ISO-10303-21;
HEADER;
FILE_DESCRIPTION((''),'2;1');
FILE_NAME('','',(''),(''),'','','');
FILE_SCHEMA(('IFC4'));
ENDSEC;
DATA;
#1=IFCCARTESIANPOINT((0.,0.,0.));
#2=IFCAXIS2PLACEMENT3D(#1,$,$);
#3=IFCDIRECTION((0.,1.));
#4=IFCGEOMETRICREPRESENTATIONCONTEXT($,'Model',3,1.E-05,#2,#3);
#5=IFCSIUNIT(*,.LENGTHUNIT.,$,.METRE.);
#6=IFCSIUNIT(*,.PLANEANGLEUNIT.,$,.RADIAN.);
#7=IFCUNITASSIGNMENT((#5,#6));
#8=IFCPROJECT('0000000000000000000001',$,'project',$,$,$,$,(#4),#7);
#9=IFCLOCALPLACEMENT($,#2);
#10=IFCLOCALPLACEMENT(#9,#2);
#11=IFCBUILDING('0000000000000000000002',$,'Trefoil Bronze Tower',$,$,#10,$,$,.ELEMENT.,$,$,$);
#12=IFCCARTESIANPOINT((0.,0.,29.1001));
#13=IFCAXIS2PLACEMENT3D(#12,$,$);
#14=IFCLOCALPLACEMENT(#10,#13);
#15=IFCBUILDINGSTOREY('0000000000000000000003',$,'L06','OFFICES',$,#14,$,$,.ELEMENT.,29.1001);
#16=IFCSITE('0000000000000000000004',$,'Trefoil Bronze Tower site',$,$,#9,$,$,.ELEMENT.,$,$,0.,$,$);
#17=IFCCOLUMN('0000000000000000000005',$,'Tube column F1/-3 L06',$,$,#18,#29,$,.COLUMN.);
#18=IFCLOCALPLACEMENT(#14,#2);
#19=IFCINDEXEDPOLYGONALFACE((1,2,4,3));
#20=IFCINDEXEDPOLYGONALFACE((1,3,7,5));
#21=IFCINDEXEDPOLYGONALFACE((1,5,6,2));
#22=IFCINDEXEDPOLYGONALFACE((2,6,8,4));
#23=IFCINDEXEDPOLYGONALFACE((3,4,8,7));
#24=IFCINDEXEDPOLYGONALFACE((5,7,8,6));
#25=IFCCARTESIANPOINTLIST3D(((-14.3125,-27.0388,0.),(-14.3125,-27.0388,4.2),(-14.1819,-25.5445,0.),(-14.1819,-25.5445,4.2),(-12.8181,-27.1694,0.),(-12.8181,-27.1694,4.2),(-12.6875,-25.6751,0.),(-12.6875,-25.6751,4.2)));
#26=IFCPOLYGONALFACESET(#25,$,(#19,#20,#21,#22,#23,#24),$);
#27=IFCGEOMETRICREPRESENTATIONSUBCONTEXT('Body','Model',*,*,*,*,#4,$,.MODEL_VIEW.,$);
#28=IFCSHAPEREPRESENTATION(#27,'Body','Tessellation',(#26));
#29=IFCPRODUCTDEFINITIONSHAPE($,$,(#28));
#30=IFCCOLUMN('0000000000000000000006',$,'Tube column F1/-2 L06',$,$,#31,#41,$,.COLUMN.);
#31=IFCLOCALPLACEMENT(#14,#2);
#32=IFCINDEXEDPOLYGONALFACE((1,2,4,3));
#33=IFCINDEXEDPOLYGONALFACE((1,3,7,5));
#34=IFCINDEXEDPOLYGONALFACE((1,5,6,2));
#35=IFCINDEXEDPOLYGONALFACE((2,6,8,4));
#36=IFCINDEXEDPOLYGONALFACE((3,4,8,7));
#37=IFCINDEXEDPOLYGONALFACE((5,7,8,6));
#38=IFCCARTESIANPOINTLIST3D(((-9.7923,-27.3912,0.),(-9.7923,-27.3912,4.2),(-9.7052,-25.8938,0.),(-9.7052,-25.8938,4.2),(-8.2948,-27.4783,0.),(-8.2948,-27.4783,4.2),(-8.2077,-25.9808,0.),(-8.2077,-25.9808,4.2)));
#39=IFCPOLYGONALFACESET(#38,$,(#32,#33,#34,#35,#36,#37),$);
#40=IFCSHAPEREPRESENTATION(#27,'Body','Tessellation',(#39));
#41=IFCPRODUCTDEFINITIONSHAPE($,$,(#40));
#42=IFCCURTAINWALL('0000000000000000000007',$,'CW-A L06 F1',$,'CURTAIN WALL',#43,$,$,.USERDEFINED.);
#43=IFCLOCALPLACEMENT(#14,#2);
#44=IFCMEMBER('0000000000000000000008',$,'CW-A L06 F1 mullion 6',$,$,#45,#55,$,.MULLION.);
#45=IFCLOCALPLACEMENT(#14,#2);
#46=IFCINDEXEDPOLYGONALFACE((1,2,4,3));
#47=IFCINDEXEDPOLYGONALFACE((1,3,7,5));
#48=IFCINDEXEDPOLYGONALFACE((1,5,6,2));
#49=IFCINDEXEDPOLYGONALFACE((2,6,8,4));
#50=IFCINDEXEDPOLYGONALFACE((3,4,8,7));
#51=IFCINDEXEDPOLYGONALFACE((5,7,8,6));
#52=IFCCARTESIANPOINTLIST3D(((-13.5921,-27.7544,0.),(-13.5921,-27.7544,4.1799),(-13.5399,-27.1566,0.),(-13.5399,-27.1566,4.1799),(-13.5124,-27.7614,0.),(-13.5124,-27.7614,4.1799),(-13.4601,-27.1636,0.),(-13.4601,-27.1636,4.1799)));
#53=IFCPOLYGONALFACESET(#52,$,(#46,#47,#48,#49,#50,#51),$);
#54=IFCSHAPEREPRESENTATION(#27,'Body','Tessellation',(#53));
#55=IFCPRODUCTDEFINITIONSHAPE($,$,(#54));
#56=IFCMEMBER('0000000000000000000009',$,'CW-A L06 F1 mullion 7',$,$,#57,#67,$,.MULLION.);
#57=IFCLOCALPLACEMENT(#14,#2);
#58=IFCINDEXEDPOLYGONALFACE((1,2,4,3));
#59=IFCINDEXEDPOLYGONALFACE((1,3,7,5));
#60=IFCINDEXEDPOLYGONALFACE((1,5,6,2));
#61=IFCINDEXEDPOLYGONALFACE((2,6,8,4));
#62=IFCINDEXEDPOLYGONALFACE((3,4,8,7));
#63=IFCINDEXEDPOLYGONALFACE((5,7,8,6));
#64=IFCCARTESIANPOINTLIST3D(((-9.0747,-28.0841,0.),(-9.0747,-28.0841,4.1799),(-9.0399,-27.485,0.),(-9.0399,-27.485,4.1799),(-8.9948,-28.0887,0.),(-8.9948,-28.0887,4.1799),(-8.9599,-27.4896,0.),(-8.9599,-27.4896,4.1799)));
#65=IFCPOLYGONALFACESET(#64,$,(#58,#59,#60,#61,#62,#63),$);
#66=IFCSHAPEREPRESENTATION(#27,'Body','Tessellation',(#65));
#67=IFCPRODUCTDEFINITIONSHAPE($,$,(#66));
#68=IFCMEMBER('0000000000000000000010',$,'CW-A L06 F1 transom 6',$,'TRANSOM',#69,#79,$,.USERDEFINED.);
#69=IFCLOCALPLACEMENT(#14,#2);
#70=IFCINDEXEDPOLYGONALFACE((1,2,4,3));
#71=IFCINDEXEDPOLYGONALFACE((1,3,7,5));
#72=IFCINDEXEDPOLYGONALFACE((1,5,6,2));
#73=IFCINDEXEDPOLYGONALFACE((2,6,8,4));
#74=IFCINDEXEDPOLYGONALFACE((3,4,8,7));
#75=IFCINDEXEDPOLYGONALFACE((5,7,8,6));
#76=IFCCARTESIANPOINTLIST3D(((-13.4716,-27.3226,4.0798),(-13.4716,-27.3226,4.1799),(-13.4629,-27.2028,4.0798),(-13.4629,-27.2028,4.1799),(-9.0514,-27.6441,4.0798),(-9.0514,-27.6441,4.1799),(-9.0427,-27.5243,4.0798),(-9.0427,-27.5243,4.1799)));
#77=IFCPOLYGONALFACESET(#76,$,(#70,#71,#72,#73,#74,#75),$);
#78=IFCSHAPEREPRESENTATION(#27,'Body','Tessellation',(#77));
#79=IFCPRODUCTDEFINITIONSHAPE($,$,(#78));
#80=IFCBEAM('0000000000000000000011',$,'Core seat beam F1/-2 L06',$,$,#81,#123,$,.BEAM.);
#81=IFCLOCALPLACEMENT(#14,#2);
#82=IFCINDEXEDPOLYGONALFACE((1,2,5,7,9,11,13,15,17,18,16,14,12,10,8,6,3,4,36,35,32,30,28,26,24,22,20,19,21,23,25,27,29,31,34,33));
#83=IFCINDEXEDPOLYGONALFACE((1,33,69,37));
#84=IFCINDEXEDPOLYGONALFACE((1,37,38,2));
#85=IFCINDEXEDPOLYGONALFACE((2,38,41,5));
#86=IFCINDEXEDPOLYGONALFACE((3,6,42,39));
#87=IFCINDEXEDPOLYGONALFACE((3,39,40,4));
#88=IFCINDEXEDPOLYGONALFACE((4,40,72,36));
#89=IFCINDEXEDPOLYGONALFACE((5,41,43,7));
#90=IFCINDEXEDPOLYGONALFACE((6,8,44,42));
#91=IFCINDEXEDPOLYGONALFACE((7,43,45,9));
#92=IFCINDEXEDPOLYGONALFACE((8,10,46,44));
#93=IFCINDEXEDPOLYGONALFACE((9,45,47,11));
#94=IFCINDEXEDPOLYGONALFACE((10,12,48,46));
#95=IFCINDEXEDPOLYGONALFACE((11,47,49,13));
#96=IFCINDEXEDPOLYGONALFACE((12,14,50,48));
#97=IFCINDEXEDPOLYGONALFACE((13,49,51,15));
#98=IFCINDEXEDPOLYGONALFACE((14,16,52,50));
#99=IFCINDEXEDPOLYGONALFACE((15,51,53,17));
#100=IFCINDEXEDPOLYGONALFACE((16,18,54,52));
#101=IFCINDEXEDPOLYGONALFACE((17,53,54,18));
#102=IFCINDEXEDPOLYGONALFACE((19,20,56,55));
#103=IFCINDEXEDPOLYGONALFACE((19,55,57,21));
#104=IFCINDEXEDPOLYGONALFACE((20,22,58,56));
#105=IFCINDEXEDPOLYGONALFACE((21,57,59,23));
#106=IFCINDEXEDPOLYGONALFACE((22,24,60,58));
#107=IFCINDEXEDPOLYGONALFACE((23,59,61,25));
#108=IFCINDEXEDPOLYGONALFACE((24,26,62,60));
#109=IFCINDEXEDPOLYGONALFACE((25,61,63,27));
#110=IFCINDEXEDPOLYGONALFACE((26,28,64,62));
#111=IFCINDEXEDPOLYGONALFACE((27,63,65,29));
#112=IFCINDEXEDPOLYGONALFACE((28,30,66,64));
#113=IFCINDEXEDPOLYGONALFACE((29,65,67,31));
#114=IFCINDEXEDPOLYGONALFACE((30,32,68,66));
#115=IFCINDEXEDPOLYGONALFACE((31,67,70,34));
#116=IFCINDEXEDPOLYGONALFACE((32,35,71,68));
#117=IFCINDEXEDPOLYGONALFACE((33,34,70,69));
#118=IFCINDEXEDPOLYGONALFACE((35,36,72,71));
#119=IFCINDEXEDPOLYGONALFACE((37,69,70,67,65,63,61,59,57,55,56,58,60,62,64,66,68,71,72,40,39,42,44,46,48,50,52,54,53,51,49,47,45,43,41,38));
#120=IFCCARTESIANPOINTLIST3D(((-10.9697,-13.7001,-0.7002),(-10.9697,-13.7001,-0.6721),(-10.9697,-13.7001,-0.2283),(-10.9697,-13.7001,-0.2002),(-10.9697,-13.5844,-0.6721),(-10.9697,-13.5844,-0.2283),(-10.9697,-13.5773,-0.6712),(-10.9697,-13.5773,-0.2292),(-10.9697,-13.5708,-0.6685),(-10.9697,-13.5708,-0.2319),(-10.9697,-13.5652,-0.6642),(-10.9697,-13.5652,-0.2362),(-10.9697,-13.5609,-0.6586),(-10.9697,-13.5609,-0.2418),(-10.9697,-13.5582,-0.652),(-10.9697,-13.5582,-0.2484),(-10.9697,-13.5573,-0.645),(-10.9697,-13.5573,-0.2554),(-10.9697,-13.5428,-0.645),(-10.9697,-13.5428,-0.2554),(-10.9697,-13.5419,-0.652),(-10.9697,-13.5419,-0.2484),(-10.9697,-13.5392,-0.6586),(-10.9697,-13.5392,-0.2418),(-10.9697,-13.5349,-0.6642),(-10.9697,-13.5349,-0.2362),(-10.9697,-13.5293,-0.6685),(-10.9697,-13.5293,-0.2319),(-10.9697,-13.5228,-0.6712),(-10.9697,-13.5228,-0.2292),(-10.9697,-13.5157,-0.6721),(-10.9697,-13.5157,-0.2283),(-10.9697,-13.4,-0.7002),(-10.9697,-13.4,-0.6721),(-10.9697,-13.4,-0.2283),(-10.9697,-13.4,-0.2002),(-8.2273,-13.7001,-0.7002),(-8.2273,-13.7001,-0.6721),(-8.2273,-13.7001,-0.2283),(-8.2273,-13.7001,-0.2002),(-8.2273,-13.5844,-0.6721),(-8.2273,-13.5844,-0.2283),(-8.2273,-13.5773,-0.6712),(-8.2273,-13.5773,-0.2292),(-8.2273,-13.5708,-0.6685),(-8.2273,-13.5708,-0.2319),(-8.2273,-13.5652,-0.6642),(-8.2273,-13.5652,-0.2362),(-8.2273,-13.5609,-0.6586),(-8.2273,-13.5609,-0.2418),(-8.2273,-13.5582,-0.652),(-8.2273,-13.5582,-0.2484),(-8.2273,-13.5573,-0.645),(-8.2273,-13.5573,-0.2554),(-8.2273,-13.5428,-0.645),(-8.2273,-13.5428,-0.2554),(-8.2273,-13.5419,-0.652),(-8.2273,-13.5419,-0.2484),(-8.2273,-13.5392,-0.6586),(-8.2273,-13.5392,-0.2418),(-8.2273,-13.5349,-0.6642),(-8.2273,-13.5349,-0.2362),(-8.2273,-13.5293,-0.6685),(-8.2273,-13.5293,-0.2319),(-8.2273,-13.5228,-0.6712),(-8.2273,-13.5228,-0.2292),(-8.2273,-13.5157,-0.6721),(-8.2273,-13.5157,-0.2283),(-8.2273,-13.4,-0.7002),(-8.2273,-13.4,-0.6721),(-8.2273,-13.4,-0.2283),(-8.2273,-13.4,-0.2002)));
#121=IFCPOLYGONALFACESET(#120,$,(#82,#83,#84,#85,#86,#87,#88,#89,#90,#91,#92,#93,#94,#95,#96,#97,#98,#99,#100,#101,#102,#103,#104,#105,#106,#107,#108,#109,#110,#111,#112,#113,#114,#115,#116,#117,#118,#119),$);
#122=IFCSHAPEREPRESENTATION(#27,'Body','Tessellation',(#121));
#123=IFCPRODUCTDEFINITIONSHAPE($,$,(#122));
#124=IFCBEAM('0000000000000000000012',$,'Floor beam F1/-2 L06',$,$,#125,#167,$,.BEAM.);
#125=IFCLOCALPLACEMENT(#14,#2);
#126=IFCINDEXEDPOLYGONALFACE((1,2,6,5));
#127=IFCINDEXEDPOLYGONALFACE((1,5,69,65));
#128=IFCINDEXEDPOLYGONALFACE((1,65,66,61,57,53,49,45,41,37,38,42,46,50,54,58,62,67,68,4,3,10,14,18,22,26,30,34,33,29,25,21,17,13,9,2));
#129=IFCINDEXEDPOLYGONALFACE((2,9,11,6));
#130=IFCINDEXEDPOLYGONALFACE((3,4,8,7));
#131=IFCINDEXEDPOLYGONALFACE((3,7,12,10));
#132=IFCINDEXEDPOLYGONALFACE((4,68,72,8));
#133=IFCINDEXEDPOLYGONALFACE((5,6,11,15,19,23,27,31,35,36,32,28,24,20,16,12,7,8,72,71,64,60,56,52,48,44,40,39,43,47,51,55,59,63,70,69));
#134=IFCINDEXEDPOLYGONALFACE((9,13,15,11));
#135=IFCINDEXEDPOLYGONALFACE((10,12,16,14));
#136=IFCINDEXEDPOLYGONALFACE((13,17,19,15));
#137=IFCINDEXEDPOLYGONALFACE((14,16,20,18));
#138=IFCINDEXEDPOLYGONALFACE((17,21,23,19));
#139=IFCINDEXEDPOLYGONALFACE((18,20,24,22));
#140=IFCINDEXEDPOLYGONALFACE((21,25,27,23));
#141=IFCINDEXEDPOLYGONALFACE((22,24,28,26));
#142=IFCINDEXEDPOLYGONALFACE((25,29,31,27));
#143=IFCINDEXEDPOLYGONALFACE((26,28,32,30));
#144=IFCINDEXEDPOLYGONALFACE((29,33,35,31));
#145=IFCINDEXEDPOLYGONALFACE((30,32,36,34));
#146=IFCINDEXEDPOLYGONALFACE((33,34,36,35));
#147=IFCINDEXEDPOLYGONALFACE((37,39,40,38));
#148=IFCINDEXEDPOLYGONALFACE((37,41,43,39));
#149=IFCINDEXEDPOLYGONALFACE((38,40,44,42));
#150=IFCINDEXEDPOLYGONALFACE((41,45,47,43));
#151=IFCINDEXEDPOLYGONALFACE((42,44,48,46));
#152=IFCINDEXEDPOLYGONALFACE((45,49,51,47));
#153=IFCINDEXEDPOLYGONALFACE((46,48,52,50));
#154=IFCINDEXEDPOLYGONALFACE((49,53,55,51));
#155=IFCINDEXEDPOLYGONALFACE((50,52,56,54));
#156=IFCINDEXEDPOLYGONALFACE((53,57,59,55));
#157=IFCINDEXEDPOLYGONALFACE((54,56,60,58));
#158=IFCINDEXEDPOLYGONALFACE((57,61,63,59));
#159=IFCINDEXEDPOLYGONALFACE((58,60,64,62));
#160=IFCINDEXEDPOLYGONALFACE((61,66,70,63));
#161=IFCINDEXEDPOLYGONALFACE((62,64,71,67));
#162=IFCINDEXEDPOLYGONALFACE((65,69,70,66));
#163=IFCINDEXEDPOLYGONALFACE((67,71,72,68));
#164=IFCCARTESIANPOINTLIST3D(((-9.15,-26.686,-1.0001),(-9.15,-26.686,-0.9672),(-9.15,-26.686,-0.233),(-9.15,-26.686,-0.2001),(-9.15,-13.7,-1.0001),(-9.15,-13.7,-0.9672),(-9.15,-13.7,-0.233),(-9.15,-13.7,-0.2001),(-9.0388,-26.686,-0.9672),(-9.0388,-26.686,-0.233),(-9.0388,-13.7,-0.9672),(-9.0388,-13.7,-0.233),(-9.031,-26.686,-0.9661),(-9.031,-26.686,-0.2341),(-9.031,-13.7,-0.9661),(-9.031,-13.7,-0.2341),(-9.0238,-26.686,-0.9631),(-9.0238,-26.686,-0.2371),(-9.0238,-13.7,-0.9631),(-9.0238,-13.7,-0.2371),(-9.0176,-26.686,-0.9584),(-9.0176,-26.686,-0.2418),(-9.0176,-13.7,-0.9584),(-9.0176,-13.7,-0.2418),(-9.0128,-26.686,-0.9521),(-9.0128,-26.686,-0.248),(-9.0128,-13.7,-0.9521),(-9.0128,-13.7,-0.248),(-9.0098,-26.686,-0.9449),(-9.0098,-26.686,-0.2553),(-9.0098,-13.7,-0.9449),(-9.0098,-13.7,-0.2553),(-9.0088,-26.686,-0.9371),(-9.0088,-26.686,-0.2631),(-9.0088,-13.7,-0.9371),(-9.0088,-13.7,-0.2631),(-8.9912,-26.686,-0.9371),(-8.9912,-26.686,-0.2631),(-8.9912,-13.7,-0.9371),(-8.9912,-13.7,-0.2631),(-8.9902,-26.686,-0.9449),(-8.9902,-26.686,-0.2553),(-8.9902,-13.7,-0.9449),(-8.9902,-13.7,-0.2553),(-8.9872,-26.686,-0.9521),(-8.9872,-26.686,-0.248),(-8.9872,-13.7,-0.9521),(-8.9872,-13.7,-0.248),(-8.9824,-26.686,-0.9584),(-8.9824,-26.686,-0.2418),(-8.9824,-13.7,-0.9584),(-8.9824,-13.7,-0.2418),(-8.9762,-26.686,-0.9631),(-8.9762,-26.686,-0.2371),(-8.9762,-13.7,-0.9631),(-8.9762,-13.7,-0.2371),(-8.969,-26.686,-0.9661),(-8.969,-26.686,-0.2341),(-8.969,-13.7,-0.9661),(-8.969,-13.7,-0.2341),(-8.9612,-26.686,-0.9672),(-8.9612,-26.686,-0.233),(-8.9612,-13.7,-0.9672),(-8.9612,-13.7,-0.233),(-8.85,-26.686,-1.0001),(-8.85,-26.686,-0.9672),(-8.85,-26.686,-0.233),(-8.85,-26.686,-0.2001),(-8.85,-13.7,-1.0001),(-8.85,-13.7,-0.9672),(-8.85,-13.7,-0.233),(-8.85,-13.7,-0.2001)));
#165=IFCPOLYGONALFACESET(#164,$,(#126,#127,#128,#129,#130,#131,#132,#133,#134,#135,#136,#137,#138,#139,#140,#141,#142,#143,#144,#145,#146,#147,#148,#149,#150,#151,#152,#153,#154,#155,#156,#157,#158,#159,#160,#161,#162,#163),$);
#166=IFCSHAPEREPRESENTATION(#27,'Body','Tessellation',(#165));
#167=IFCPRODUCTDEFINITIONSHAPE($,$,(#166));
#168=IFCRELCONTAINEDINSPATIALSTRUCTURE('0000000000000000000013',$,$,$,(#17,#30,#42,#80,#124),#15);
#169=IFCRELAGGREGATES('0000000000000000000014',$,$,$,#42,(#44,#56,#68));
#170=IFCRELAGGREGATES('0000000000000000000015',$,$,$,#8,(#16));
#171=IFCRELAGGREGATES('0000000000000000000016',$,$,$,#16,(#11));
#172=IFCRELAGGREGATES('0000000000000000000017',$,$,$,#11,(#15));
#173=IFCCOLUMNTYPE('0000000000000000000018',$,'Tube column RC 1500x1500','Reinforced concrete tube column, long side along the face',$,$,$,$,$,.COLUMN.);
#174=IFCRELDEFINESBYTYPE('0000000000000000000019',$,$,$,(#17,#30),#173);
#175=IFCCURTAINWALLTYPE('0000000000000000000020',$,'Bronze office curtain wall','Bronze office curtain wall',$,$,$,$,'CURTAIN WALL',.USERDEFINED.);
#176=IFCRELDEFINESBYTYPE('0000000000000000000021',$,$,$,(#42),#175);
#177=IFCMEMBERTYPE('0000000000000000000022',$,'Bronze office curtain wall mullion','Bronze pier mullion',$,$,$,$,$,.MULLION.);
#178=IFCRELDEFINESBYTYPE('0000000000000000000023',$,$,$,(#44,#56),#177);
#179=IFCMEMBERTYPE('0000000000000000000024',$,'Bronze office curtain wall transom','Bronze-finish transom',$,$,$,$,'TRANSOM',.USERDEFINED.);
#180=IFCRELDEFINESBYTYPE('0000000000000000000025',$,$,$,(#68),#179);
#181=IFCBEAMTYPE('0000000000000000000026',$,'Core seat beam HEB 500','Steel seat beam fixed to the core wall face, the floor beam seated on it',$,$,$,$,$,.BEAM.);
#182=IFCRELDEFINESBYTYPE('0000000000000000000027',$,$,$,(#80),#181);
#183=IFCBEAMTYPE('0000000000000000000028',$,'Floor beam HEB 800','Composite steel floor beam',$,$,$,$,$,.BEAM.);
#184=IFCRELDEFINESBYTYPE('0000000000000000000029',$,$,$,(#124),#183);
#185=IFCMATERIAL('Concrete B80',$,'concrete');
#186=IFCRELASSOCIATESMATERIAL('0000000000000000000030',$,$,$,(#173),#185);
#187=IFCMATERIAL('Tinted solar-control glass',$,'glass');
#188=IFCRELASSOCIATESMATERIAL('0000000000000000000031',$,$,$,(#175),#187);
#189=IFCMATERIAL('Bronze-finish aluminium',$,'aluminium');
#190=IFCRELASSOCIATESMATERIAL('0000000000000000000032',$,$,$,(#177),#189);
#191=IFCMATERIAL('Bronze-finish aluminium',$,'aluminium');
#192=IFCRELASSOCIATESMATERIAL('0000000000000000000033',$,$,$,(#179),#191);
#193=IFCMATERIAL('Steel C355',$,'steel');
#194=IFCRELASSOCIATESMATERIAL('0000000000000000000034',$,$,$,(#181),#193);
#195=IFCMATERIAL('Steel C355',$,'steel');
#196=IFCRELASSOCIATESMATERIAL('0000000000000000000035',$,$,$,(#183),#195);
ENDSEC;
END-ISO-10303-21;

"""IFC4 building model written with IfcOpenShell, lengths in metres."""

from ifc_helpers import new_model, si_unit, direction, frame, origin, origin_2d, place, context, subcontext, project, spatial, rectangle, i_section, extrude, material, material_profile, profile_set, type_object, element, aggregate, save


model = new_model("IFC4")

# Units and contexts
model_context = context("Model", 3, precision=1e-05, world=origin(), true_north=direction((0.0, 1.0)))
body_context = subcontext(model_context, "Body", "Model", "MODEL_VIEW")
ifc_project = project(units=[si_unit("LENGTHUNIT", "METRE"), si_unit("PLANEANGLEUNIT", "RADIAN")], contexts=[model_context])

# Site, building, storey
site_placement = place(None, origin())
site = spatial("IfcSite", under=ifc_project, at=site_placement, Name="Trefoil Bronze Tower site", CompositionType="ELEMENT", RefElevation=0.0)
building_placement = place(site_placement, origin())
building = spatial("IfcBuilding", under=site, at=building_placement, Name="Trefoil Bronze Tower", CompositionType="ELEMENT")
storey_placement = place(building_placement, frame((0.0, 0.0, 29.1001)))
storey = spatial("IfcBuildingStorey", under=building, at=storey_placement, Name="L06", Description="OFFICES", CompositionType="ELEMENT", Elevation=29.1001)

# Columns
ifc_material_1 = material(Name="Concrete B80", Category="concrete")
ifc_material_profile_1 = material_profile(ifc_material_1, rectangle(XDim=1.5, YDim=1.5, at=origin_2d()), Name="RC 1500x1500")
ifc_profile_set_1 = profile_set([ifc_material_profile_1], Name="Concrete B80")
column_type = type_object("IfcColumnType", Name="Tube column RC 1500x1500", Description="Reinforced concrete tube column, long side along the face", PredefinedType="COLUMN", material=ifc_profile_set_1)
for number, where, z_axis, x_axis, name in (
    (1, (-13.5, -26.3569, 0.0), (0.0, 0.0, 1.0), (0.996203, -0.087065, 0.0), "Tube column F1/-3 L06"),
    (2, (-9.0, -26.686, 0.0), (0.0, 0.0, 1.0), (0.998314, -0.058043, 0.0), "Tube column F1/-2 L06"),
):
    element("IfcColumn", number, at=place(storey_placement, frame(where, z_axis=z_axis, x_axis=x_axis)), inside=storey, type_object=column_type, Name=name, PredefinedType="COLUMN", context=body_context, shape_type="SweptSolid", body=[
        extrude(rectangle(XDim=1.5, YDim=1.5, at=origin_2d()), origin(), (0.0, 0.0, 1.0), 4.2),
    ])

# Curtain wall, members
ifc_material_2 = material(Name="Tinted solar-control glass", Category="glass")
curtain_wall_type = type_object("IfcCurtainWallType", Name="Bronze office curtain wall", Description="Bronze office curtain wall", ElementType="CURTAIN WALL", PredefinedType="USERDEFINED", material=ifc_material_2)
curtain_wall_placement = place(storey_placement, origin())
curtain_wall = element("IfcCurtainWall", 3, at=curtain_wall_placement, inside=storey, type_object=curtain_wall_type, Name="CW-A L06 F1", ObjectType="CURTAIN WALL", PredefinedType="USERDEFINED")
ifc_material_3 = material(Name="Bronze-finish aluminium", Category="aluminium")
ifc_material_profile_2 = material_profile(ifc_material_3, rectangle(XDim=0.6001, YDim=0.0801, at=origin_2d()), Name="CW-A mullion")
ifc_profile_set_2 = profile_set([ifc_material_profile_2], Name="Bronze-finish aluminium")
member_type_1 = type_object("IfcMemberType", Name="Bronze office curtain wall mullion", Description="Bronze pier mullion", PredefinedType="MULLION", material=ifc_profile_set_2)
member_1_placement = place(storey_placement, frame((-13.5261, -27.459, 0.0), z_axis=(0.0, 0.0, 1.0), x_axis=(0.087065, 0.996203, 0.0)))
member_1 = element("IfcMember", 4, at=member_1_placement, type_object=member_type_1, Name="CW-A L06 F1 mullion 6", PredefinedType="MULLION", context=body_context, shape_type="SweptSolid", body=[
    extrude(rectangle(XDim=0.6001, YDim=0.0801, at=origin_2d()), origin(), (0.0, 0.0, 1.0), 4.1799),
])
member_2_placement = place(storey_placement, frame((-9.0173, -27.7869, 0.0), z_axis=(0.0, 0.0, 1.0), x_axis=(0.058043, 0.998314, 0.0)))
member_2 = element("IfcMember", 5, at=member_2_placement, type_object=member_type_1, Name="CW-A L06 F1 mullion 7", PredefinedType="MULLION", context=body_context, shape_type="SweptSolid", body=[
    extrude(rectangle(XDim=0.6001, YDim=0.0801, at=origin_2d()), origin(), (0.0, 0.0, 1.0), 4.1799),
])
ifc_material_4 = material(Name="Bronze-finish aluminium", Category="aluminium")
ifc_material_profile_3 = material_profile(ifc_material_4, rectangle(XDim=0.1201, YDim=0.1001, at=origin_2d()), Name="CW-A transom")
ifc_profile_set_3 = profile_set([ifc_material_profile_3], Name="Bronze-finish aluminium")
member_type_2 = type_object("IfcMemberType", Name="Bronze office curtain wall transom", Description="Bronze-finish transom", ElementType="TRANSOM", PredefinedType="USERDEFINED", material=ifc_profile_set_3)
member_3_placement = place(storey_placement, frame((-13.4673, -27.2627, 4.1299), z_axis=(0.997365, -0.072551, 0.0), x_axis=(0.072551, 0.997365, 0.0)))
member_3 = element("IfcMember", 6, at=member_3_placement, type_object=member_type_2, Name="CW-A L06 F1 transom 6", ObjectType="TRANSOM", PredefinedType="USERDEFINED", context=body_context, shape_type="SweptSolid", body=[
    extrude(rectangle(XDim=0.1201, YDim=0.1001, at=origin_2d()), origin(), (0.0, 0.0, 1.0), 4.4319),
])

# Beams
ifc_material_5 = material(Name="Steel C355", Category="steel")
ifc_material_profile_4 = material_profile(ifc_material_5, i_section(OverallWidth=0.3, OverallDepth=0.5, WebThickness=0.0144, FlangeThickness=0.0281, FilletRadius=0.0271, at=origin_2d()), Name="HEB 500")
ifc_profile_set_4 = profile_set([ifc_material_profile_4], Name="Steel C355")
beam_type_1 = type_object("IfcBeamType", Name="Core seat beam HEB 500", Description="Steel seat beam fixed to the core wall face, the floor beam seated on it", PredefinedType="BEAM", material=ifc_profile_set_4)
beam_1_placement = place(storey_placement, frame((-10.9697, -13.55, -0.4502), z_axis=(1.0, 0.0, 0.0), x_axis=(0.0, 1.0, 0.0)))
element("IfcBeam", 7, at=beam_1_placement, inside=storey, type_object=beam_type_1, Name="Core seat beam F1/-2 L06", PredefinedType="BEAM", context=body_context, shape_type="SweptSolid", body=[
    extrude(i_section(OverallWidth=0.3, OverallDepth=0.5, WebThickness=0.0144, FlangeThickness=0.0281, FilletRadius=0.0271, at=origin_2d()), origin(), (0.0, 0.0, 1.0), 2.7424),
])
ifc_material_6 = material(Name="Steel C355", Category="steel")
ifc_material_profile_5 = material_profile(ifc_material_6, i_section(OverallWidth=0.3, OverallDepth=0.8, WebThickness=0.0176, FlangeThickness=0.033, FilletRadius=0.03, at=origin_2d()), Name="HEB 800")
ifc_profile_set_5 = profile_set([ifc_material_profile_5], Name="Steel C355")
beam_type_2 = type_object("IfcBeamType", Name="Floor beam HEB 800", Description="Composite steel floor beam", PredefinedType="BEAM", material=ifc_profile_set_5)
beam_2_placement = place(storey_placement, frame((-9.0, -26.686, -0.6001), z_axis=(0.0, 1.0, 0.0), x_axis=(-1.0, 0.0, 0.0)))
element("IfcBeam", 8, at=beam_2_placement, inside=storey, type_object=beam_type_2, Name="Floor beam F1/-2 L06", PredefinedType="BEAM", context=body_context, shape_type="SweptSolid", body=[
    extrude(i_section(OverallWidth=0.3, OverallDepth=0.8, WebThickness=0.0176, FlangeThickness=0.033, FilletRadius=0.03, at=origin_2d()), origin(), (0.0, 0.0, 1.0), 12.9861),
])

aggregate(curtain_wall, [member_1, member_2, member_3])

save(model, "model.ifc")
